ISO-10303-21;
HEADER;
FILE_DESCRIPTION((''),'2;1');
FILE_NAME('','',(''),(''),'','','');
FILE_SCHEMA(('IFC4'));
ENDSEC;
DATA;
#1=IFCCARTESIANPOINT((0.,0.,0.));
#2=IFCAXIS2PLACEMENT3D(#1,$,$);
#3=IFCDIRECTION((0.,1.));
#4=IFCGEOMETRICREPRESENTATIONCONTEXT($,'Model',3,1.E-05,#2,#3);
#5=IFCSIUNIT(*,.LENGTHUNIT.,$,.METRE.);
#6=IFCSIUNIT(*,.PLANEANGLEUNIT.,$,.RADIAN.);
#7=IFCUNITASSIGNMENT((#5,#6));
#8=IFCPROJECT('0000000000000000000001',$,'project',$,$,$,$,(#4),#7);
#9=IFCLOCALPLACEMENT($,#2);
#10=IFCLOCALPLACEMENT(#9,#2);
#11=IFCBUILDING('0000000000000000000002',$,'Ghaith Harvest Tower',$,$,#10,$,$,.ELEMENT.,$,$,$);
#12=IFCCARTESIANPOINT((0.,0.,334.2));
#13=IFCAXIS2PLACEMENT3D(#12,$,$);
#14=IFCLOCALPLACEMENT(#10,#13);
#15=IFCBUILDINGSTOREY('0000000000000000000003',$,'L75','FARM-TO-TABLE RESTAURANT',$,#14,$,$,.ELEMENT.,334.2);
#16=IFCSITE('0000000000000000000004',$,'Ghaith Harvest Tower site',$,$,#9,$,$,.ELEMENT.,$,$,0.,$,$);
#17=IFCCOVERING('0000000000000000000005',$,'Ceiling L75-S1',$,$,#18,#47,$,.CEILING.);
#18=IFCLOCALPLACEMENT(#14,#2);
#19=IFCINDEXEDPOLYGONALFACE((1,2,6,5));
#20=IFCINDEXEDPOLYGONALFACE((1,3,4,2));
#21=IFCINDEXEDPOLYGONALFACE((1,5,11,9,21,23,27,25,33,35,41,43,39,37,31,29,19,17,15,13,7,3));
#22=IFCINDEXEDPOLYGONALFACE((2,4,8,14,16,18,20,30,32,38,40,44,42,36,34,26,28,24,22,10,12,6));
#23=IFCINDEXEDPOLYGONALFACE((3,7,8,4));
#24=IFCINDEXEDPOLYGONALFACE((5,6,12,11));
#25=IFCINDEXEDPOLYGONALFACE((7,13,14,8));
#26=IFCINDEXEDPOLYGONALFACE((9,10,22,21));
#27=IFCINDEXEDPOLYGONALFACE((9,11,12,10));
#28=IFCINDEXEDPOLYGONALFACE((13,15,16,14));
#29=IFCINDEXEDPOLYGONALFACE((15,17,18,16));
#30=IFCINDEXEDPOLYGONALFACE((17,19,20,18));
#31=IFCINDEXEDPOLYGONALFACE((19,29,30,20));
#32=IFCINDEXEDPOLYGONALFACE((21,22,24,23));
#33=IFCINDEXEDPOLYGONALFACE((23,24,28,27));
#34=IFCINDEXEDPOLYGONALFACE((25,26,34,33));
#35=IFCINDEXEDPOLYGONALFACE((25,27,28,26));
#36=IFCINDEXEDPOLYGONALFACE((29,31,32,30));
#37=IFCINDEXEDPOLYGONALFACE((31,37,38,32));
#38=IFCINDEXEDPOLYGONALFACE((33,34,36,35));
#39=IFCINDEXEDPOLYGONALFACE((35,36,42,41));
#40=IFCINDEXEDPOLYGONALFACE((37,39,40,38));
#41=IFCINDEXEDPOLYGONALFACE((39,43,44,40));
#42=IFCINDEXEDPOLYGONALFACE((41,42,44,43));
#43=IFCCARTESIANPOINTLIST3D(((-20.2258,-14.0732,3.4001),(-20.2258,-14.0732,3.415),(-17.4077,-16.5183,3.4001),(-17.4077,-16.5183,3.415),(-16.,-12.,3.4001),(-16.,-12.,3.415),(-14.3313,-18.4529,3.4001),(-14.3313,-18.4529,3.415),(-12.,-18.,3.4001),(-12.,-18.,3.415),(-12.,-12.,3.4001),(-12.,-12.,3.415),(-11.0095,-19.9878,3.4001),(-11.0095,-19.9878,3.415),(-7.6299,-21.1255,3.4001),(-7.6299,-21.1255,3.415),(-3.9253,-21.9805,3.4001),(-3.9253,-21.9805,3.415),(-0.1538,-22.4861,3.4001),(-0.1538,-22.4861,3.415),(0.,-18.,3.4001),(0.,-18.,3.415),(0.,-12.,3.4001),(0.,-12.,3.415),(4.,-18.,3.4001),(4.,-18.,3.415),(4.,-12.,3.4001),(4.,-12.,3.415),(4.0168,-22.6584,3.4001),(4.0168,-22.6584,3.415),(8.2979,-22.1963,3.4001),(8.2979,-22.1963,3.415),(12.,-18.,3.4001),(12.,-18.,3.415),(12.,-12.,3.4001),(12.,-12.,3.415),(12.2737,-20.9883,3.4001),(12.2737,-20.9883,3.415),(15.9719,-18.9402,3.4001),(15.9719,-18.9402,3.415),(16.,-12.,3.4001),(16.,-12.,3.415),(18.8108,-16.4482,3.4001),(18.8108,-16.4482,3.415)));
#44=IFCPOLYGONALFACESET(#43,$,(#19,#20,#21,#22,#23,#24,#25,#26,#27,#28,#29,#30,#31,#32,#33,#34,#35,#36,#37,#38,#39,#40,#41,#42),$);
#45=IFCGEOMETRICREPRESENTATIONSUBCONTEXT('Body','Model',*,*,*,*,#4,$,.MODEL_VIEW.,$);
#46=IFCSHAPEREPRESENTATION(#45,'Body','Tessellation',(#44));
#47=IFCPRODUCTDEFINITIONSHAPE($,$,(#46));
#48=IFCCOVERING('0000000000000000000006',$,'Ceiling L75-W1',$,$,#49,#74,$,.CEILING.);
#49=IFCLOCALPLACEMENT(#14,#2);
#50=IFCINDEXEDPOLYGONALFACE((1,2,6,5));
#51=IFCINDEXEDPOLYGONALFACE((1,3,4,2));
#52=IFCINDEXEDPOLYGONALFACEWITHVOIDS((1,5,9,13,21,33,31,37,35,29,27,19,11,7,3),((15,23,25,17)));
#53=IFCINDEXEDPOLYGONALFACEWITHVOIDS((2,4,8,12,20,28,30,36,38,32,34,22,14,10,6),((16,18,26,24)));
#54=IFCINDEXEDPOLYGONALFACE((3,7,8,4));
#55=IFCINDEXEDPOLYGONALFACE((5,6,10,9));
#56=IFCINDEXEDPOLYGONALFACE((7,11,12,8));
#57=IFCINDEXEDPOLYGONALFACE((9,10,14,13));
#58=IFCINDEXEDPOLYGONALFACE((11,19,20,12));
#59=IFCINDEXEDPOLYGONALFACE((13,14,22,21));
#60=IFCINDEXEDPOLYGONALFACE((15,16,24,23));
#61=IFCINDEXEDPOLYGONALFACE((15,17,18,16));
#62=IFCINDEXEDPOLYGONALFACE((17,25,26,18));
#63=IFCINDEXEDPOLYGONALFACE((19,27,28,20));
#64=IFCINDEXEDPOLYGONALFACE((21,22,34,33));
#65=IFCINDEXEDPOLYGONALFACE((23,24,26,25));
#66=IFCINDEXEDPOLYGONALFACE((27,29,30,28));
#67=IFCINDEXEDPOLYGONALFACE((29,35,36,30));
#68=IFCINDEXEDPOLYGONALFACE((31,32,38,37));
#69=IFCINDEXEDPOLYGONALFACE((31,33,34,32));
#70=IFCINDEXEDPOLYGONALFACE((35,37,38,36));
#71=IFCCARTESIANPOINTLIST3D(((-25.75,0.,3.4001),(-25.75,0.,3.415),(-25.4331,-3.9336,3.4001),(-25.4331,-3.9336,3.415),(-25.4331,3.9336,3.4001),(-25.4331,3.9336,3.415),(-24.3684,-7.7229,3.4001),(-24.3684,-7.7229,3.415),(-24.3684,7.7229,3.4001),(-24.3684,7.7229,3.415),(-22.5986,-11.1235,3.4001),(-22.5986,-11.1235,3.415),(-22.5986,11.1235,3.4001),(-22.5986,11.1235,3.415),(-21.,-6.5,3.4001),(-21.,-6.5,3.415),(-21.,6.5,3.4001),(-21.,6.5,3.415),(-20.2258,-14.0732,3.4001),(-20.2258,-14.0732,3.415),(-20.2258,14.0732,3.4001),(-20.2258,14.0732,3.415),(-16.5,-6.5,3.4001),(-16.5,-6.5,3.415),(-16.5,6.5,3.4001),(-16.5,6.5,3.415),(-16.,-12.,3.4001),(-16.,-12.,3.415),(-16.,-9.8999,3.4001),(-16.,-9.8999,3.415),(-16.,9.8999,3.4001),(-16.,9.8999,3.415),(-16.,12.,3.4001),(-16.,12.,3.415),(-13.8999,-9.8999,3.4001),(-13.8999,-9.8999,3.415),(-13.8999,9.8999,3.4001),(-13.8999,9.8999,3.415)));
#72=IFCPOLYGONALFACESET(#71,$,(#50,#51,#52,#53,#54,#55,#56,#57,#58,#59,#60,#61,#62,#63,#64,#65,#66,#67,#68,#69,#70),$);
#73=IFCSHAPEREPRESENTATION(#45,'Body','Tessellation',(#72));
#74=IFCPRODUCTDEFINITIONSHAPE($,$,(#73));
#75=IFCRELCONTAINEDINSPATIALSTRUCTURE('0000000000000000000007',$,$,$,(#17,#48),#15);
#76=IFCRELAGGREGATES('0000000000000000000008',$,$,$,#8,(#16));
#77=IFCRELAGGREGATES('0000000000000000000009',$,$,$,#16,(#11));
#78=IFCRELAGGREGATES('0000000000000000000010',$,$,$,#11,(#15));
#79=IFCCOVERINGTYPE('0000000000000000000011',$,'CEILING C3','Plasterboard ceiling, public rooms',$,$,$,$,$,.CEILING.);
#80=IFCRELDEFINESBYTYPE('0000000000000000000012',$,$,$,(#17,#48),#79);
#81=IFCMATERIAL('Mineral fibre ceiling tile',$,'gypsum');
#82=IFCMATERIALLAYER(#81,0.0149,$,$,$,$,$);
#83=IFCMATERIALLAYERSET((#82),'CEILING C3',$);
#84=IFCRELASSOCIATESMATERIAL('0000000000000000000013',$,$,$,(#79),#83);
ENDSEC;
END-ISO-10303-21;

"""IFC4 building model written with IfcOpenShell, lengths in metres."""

from ifc_helpers import new_model, si_unit, direction, frame, origin, place, context, subcontext, project, spatial, polyline, outline, extrude, material, layer, layer_set, type_object, element, save


model = new_model("IFC4")

# Units and contexts
model_context = context("Model", 3, precision=1e-05, world=origin(), true_north=direction((0.0, 1.0)))
body_context = subcontext(model_context, "Body", "Model", "MODEL_VIEW")
ifc_project = project(units=[si_unit("LENGTHUNIT", "METRE"), si_unit("PLANEANGLEUNIT", "RADIAN")], contexts=[model_context])

# Site, building, storey
site_placement = place(None, origin())
site = spatial("IfcSite", under=ifc_project, at=site_placement, Name="Ghaith Harvest Tower site", CompositionType="ELEMENT", RefElevation=0.0)
building_placement = place(site_placement, origin())
building = spatial("IfcBuilding", under=site, at=building_placement, Name="Ghaith Harvest Tower", CompositionType="ELEMENT")
storey_placement = place(building_placement, frame((0.0, 0.0, 334.2)))
storey = spatial("IfcBuildingStorey", under=building, at=storey_placement, Name="L75", Description="FARM-TO-TABLE RESTAURANT", CompositionType="ELEMENT", Elevation=334.2)

# Coverings
ifc_material_1 = material(Name="Mineral fibre ceiling tile", Category="gypsum")
ifc_layer_1 = layer(ifc_material_1, 0.0149)
ifc_layer_set_1 = layer_set([ifc_layer_1], Name="CEILING C3")
covering_type = type_object("IfcCoveringType", Name="CEILING C3", Description="Plasterboard ceiling, public rooms", PredefinedType="CEILING", material=ifc_layer_set_1)
covering_1_placement = place(storey_placement, frame((0.0, 0.0, 3.4001)))
element("IfcCovering", 1, at=covering_1_placement, inside=storey, type_object=covering_type, Name="Ceiling L75-S1", PredefinedType="CEILING", context=body_context, shape_type="SweptSolid", body=[
    extrude(outline(polyline([(-0.1538, -22.4861), (-3.9253, -21.9805), (-7.6299, -21.1255), (-11.0095, -19.9878), (-14.3313, -18.4529), (-17.4077, -16.5183), (-20.2258, -14.0732), (-16.0, -12.0), (-12.0, -12.0), (-12.0, -18.0), (0.0, -18.0), (0.0, -12.0), (4.0, -12.0), (4.0, -18.0), (12.0, -18.0), (12.0, -12.0), (16.0, -12.0), (18.8108, -16.4482), (15.9719, -18.9402), (12.2737, -20.9883), (8.2979, -22.1963), (4.0168, -22.6584), (-0.1538, -22.4861)])), origin(), (0.0, 0.0, 1.0), 0.0149),
])
covering_2_placement = place(storey_placement, frame((0.0, 0.0, 3.4001)))
element("IfcCovering", 2, at=covering_2_placement, inside=storey, type_object=covering_type, Name="Ceiling L75-W1", PredefinedType="CEILING", context=body_context, shape_type="SweptSolid", body=[
    extrude(outline(polyline([(-22.5986, -11.1235), (-24.3684, -7.7229), (-25.4331, -3.9336), (-25.75, 0.0), (-25.4331, 3.9336), (-24.3684, 7.7229), (-22.5986, 11.1235), (-20.2258, 14.0732), (-16.0, 12.0), (-16.0, 9.8999), (-13.8999, 9.8999), (-13.8999, -9.8999), (-16.0, -9.8999), (-16.0, -12.0), (-20.2258, -14.0732), (-22.5986, -11.1235)]), holes=[polyline([(-21.0, -6.5), (-16.5, -6.5), (-16.5, 6.5), (-21.0, 6.5), (-21.0, -6.5)])]), origin(), (0.0, 0.0, 1.0), 0.0149),
])

save(model, "model.ifc")
